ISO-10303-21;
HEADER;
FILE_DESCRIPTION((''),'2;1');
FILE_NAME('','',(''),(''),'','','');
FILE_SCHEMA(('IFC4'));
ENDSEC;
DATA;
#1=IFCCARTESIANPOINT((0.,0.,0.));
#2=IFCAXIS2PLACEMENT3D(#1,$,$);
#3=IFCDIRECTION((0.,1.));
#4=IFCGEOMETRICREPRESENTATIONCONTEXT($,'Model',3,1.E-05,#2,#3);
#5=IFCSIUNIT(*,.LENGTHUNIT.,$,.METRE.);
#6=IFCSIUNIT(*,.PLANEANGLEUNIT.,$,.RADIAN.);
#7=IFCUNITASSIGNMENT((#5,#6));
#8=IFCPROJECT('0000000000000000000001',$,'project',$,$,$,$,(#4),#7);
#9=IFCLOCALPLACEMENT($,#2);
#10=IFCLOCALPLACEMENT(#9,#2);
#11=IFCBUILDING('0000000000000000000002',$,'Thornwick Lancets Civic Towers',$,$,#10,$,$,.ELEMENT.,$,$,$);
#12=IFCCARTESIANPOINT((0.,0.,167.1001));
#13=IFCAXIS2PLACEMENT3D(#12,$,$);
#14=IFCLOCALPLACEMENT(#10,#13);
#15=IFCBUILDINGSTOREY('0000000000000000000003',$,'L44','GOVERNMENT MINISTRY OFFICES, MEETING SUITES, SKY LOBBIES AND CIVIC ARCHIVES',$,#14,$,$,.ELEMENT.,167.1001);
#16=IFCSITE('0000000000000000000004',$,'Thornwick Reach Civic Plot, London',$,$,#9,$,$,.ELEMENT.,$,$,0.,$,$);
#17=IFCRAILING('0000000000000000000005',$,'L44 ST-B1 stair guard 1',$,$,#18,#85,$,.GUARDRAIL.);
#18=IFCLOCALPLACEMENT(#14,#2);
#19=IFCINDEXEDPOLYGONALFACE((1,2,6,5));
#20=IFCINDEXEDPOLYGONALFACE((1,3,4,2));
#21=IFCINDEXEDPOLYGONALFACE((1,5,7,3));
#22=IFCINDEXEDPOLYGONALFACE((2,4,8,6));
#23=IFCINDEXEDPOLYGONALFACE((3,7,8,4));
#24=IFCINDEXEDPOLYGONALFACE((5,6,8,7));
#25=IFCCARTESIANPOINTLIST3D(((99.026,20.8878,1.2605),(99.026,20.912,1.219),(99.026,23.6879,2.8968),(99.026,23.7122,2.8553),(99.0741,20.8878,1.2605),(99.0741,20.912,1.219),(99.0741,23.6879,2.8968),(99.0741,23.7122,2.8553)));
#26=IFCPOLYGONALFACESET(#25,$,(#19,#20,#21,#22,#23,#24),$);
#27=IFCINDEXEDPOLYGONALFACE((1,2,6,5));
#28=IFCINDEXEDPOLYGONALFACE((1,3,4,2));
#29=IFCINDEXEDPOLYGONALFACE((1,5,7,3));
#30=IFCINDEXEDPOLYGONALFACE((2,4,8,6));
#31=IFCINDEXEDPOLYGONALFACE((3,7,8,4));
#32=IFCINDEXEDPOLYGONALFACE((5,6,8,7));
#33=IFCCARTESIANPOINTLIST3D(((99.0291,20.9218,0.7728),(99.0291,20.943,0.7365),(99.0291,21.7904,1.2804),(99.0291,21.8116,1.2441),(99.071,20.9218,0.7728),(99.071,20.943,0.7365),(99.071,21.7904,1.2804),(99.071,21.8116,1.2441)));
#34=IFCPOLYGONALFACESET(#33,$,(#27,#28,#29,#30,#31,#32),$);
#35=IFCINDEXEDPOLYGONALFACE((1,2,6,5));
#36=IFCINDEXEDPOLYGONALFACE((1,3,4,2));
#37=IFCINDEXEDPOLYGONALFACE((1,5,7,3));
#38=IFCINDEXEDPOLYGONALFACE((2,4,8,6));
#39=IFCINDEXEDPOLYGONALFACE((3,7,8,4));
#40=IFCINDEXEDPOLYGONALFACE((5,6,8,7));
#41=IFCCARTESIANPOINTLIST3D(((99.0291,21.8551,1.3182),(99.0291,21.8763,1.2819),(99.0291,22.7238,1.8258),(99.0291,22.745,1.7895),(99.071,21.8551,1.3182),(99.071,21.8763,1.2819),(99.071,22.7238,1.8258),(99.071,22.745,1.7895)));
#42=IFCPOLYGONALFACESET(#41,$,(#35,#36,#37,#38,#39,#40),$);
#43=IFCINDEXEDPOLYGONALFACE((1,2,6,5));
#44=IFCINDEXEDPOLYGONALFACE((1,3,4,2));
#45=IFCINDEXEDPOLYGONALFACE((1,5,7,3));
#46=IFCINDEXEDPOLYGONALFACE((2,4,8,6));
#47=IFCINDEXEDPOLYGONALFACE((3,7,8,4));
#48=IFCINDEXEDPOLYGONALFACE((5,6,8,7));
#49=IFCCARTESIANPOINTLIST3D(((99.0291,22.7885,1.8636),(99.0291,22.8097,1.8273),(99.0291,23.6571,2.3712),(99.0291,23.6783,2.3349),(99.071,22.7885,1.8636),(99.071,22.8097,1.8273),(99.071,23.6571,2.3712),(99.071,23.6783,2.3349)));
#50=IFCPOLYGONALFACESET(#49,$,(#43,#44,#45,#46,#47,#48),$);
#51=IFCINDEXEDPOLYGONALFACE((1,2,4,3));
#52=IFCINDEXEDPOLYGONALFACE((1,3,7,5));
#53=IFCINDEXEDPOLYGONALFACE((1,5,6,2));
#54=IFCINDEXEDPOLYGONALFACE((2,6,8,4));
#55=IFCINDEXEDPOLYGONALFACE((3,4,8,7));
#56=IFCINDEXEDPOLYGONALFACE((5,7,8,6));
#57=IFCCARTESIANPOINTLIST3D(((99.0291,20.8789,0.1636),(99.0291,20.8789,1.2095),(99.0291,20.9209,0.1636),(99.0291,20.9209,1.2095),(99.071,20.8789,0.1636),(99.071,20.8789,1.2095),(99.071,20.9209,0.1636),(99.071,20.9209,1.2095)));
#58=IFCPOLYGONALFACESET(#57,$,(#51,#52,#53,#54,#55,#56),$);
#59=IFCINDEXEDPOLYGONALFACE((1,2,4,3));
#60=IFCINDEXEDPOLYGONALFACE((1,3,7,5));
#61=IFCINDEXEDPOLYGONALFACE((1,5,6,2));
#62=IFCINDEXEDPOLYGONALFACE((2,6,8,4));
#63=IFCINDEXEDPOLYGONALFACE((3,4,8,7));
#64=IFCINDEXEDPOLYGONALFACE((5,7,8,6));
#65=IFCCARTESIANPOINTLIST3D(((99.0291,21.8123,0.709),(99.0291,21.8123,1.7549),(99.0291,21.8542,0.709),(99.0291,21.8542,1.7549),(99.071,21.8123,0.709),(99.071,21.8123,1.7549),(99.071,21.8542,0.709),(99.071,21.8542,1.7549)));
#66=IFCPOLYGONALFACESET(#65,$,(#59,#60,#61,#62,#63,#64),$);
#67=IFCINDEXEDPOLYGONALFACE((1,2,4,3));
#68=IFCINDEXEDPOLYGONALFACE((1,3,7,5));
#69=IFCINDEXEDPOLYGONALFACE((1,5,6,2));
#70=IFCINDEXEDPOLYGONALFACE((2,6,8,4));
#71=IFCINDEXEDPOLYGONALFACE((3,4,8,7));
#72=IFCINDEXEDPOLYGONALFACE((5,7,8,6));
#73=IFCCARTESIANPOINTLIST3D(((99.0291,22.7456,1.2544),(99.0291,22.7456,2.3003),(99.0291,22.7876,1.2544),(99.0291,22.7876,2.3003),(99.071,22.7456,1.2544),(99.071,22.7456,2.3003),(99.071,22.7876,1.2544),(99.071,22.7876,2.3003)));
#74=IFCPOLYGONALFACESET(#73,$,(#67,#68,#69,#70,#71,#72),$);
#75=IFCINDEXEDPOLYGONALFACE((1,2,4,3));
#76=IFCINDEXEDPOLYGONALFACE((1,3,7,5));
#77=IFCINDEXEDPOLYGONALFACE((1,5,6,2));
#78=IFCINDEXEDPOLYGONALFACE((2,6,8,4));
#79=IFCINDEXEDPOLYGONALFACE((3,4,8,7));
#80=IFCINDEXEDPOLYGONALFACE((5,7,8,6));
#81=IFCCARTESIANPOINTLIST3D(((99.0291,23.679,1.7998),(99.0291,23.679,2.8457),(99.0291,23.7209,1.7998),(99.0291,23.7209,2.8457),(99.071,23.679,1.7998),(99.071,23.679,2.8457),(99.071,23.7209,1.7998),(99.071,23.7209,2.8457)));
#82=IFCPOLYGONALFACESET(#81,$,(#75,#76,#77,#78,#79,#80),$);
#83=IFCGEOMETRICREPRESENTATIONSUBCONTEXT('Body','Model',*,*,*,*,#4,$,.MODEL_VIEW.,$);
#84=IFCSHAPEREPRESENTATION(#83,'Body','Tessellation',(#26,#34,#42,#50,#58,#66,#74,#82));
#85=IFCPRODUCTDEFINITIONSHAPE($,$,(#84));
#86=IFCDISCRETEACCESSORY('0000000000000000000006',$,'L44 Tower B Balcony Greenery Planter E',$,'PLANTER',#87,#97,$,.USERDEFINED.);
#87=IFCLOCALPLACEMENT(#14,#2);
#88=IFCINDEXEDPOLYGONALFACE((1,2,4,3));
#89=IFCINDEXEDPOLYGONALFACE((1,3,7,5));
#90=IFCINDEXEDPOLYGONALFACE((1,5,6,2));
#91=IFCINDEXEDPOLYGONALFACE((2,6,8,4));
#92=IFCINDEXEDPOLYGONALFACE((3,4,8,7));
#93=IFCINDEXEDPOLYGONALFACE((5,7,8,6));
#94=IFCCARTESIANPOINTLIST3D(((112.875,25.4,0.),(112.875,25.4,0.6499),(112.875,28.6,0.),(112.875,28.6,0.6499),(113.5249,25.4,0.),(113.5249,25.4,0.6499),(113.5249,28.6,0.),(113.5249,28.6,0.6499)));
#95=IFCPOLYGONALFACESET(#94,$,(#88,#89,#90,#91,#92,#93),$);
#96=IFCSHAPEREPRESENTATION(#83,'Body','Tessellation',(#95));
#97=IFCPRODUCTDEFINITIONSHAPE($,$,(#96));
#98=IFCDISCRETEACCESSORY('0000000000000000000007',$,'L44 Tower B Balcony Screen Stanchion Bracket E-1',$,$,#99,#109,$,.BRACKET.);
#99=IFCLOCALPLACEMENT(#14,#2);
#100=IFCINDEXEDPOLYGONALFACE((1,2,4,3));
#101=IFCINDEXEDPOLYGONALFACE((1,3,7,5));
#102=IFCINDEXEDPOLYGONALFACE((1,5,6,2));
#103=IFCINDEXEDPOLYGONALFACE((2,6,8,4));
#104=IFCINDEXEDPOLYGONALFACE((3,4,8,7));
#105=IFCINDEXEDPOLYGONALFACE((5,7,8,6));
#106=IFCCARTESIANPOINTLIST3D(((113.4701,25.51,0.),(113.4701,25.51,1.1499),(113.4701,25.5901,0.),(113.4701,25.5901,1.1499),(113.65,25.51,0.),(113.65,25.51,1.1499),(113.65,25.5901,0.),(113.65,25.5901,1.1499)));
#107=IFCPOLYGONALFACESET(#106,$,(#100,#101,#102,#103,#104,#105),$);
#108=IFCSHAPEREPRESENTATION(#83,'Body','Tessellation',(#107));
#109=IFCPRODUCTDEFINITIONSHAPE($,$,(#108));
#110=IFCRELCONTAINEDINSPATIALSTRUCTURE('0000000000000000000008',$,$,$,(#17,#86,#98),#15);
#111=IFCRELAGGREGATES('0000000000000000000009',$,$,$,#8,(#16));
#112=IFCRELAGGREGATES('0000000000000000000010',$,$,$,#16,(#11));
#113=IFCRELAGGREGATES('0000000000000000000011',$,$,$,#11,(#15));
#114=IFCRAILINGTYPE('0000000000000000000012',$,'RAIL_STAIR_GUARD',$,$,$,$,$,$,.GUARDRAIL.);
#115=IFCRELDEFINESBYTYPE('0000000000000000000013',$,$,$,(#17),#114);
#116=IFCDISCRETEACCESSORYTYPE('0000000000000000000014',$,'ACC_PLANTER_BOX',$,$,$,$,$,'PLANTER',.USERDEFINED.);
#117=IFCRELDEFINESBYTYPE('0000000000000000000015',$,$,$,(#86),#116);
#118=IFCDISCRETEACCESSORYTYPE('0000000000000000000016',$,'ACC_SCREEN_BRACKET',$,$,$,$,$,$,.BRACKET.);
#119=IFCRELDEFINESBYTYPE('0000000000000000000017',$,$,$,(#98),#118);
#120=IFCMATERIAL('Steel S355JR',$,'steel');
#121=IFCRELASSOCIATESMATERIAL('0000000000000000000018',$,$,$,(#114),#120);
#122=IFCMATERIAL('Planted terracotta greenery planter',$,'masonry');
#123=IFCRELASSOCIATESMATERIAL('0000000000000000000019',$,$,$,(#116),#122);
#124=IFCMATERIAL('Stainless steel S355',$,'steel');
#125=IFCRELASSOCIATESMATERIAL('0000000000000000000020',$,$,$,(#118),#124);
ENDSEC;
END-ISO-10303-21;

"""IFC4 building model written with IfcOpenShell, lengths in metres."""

from ifc_helpers import new_model, si_unit, direction, frame, origin, origin_2d, place, context, subcontext, project, spatial, rectangle, extrude, material, type_object, element, save


model = new_model("IFC4")

# Units and contexts
model_context = context("Model", 3, precision=1e-05, world=origin(), true_north=direction((0.0, 1.0)))
body_context = subcontext(model_context, "Body", "Model", "MODEL_VIEW")
ifc_project = project(units=[si_unit("LENGTHUNIT", "METRE"), si_unit("PLANEANGLEUNIT", "RADIAN")], contexts=[model_context])

# Site, building, storey
site_placement = place(None, origin())
site = spatial("IfcSite", under=ifc_project, at=site_placement, Name="Thornwick Reach Civic Plot, London", CompositionType="ELEMENT", RefElevation=0.0)
building_placement = place(site_placement, origin())
building = spatial("IfcBuilding", under=site, at=building_placement, Name="Thornwick Lancets Civic Towers", CompositionType="ELEMENT")
storey_placement = place(building_placement, frame((0.0, 0.0, 167.1001)))
storey = spatial("IfcBuildingStorey", under=building, at=storey_placement, Name="L44", Description="GOVERNMENT MINISTRY OFFICES, MEETING SUITES, SKY LOBBIES AND CIVIC ARCHIVES", CompositionType="ELEMENT", Elevation=167.1001)

# Shared definitions
ifc_material_1 = material(Name="Steel S355JR", Category="steel")

# Railing
railing_type_1 = type_object("IfcRailingType", Name="RAIL_STAIR_GUARD", PredefinedType="GUARDRAIL", material=ifc_material_1)
railing_1_placement = place(storey_placement, frame((99.05, 20.8999, 0.1636)))
element("IfcRailing", 1, at=railing_1_placement, inside=storey, type_object=railing_type_1, Name="L44 ST-B1 stair guard 1", PredefinedType="GUARDRAIL", context=body_context, shape_type="SweptSolid", body=[
    extrude(rectangle(XDim=0.0481, YDim=0.0481, at=origin_2d()), frame((0.0, 0.0, 1.0762), z_axis=(0.0, 0.863394, 0.504531), x_axis=(-1.0, 0.0, 0.0)), (0.0, 0.0, 1.0), 3.2432),
    extrude(rectangle(XDim=0.042, YDim=0.042, at=origin_2d()), frame((0.0, 0.0325, 0.5911), z_axis=(0.0, 0.863394, 0.504531), x_axis=(-1.0, 0.0, 0.0)), (0.0, 0.0, 1.0), 1.0061),
    extrude(rectangle(XDim=0.042, YDim=0.042, at=origin_2d()), frame((0.0, 0.9658, 1.1365), z_axis=(0.0, 0.863394, 0.504531), x_axis=(-1.0, 0.0, 0.0)), (0.0, 0.0, 1.0), 1.0061),
    extrude(rectangle(XDim=0.042, YDim=0.042, at=origin_2d()), frame((0.0, 1.8992, 1.6819), z_axis=(0.0, 0.863394, 0.504531), x_axis=(-1.0, 0.0, 0.0)), (0.0, 0.0, 1.0), 1.0061),
    extrude(rectangle(XDim=0.042, YDim=0.042, at=origin_2d()), origin(), (0.0, 0.0, 1.0), 1.0459),
    extrude(rectangle(XDim=0.042, YDim=0.042, at=origin_2d()), frame((0.0, 0.9333, 0.5454)), (0.0, 0.0, 1.0), 1.0459),
    extrude(rectangle(XDim=0.042, YDim=0.042, at=origin_2d()), frame((0.0, 1.8667, 1.0908)), (0.0, 0.0, 1.0), 1.0459),
    extrude(rectangle(XDim=0.042, YDim=0.042, at=origin_2d()), frame((0.0, 2.8, 1.6362)), (0.0, 0.0, 1.0), 1.0459),
])

# Discrete accessories
ifc_material_2 = material(Name="Planted terracotta greenery planter", Category="masonry")
discrete_accessory_type_1 = type_object("IfcDiscreteAccessoryType", Name="ACC_PLANTER_BOX", ElementType="PLANTER", PredefinedType="USERDEFINED", material=ifc_material_2)
discrete_accessory_1_placement = place(storey_placement, frame((113.2, 27.0, 0.0), z_axis=(0.0, 0.0, 1.0), x_axis=(1.0, 0.0, 0.0)))
element("IfcDiscreteAccessory", 2, at=discrete_accessory_1_placement, inside=storey, type_object=discrete_accessory_type_1, Name="L44 Tower B Balcony Greenery Planter E", ObjectType="PLANTER", PredefinedType="USERDEFINED", context=body_context, shape_type="SweptSolid", body=[
    extrude(rectangle(XDim=0.6499, YDim=3.2, at=origin_2d()), origin(), (0.0, 0.0, 1.0), 0.6499),
])
ifc_material_3 = material(Name="Stainless steel S355", Category="steel")
discrete_accessory_type_2 = type_object("IfcDiscreteAccessoryType", Name="ACC_SCREEN_BRACKET", PredefinedType="BRACKET", material=ifc_material_3)
discrete_accessory_2_placement = place(storey_placement, frame((113.5601, 25.55, 0.0), z_axis=(0.0, 0.0, 1.0), x_axis=(0.0, 1.0, 0.0)))
element("IfcDiscreteAccessory", 3, at=discrete_accessory_2_placement, inside=storey, type_object=discrete_accessory_type_2, Name="L44 Tower B Balcony Screen Stanchion Bracket E-1", PredefinedType="BRACKET", context=body_context, shape_type="SweptSolid", body=[
    extrude(rectangle(XDim=0.0801, YDim=0.1799, at=origin_2d()), origin(), (0.0, 0.0, 1.0), 1.1499),
])

save(model, "model.ifc")
